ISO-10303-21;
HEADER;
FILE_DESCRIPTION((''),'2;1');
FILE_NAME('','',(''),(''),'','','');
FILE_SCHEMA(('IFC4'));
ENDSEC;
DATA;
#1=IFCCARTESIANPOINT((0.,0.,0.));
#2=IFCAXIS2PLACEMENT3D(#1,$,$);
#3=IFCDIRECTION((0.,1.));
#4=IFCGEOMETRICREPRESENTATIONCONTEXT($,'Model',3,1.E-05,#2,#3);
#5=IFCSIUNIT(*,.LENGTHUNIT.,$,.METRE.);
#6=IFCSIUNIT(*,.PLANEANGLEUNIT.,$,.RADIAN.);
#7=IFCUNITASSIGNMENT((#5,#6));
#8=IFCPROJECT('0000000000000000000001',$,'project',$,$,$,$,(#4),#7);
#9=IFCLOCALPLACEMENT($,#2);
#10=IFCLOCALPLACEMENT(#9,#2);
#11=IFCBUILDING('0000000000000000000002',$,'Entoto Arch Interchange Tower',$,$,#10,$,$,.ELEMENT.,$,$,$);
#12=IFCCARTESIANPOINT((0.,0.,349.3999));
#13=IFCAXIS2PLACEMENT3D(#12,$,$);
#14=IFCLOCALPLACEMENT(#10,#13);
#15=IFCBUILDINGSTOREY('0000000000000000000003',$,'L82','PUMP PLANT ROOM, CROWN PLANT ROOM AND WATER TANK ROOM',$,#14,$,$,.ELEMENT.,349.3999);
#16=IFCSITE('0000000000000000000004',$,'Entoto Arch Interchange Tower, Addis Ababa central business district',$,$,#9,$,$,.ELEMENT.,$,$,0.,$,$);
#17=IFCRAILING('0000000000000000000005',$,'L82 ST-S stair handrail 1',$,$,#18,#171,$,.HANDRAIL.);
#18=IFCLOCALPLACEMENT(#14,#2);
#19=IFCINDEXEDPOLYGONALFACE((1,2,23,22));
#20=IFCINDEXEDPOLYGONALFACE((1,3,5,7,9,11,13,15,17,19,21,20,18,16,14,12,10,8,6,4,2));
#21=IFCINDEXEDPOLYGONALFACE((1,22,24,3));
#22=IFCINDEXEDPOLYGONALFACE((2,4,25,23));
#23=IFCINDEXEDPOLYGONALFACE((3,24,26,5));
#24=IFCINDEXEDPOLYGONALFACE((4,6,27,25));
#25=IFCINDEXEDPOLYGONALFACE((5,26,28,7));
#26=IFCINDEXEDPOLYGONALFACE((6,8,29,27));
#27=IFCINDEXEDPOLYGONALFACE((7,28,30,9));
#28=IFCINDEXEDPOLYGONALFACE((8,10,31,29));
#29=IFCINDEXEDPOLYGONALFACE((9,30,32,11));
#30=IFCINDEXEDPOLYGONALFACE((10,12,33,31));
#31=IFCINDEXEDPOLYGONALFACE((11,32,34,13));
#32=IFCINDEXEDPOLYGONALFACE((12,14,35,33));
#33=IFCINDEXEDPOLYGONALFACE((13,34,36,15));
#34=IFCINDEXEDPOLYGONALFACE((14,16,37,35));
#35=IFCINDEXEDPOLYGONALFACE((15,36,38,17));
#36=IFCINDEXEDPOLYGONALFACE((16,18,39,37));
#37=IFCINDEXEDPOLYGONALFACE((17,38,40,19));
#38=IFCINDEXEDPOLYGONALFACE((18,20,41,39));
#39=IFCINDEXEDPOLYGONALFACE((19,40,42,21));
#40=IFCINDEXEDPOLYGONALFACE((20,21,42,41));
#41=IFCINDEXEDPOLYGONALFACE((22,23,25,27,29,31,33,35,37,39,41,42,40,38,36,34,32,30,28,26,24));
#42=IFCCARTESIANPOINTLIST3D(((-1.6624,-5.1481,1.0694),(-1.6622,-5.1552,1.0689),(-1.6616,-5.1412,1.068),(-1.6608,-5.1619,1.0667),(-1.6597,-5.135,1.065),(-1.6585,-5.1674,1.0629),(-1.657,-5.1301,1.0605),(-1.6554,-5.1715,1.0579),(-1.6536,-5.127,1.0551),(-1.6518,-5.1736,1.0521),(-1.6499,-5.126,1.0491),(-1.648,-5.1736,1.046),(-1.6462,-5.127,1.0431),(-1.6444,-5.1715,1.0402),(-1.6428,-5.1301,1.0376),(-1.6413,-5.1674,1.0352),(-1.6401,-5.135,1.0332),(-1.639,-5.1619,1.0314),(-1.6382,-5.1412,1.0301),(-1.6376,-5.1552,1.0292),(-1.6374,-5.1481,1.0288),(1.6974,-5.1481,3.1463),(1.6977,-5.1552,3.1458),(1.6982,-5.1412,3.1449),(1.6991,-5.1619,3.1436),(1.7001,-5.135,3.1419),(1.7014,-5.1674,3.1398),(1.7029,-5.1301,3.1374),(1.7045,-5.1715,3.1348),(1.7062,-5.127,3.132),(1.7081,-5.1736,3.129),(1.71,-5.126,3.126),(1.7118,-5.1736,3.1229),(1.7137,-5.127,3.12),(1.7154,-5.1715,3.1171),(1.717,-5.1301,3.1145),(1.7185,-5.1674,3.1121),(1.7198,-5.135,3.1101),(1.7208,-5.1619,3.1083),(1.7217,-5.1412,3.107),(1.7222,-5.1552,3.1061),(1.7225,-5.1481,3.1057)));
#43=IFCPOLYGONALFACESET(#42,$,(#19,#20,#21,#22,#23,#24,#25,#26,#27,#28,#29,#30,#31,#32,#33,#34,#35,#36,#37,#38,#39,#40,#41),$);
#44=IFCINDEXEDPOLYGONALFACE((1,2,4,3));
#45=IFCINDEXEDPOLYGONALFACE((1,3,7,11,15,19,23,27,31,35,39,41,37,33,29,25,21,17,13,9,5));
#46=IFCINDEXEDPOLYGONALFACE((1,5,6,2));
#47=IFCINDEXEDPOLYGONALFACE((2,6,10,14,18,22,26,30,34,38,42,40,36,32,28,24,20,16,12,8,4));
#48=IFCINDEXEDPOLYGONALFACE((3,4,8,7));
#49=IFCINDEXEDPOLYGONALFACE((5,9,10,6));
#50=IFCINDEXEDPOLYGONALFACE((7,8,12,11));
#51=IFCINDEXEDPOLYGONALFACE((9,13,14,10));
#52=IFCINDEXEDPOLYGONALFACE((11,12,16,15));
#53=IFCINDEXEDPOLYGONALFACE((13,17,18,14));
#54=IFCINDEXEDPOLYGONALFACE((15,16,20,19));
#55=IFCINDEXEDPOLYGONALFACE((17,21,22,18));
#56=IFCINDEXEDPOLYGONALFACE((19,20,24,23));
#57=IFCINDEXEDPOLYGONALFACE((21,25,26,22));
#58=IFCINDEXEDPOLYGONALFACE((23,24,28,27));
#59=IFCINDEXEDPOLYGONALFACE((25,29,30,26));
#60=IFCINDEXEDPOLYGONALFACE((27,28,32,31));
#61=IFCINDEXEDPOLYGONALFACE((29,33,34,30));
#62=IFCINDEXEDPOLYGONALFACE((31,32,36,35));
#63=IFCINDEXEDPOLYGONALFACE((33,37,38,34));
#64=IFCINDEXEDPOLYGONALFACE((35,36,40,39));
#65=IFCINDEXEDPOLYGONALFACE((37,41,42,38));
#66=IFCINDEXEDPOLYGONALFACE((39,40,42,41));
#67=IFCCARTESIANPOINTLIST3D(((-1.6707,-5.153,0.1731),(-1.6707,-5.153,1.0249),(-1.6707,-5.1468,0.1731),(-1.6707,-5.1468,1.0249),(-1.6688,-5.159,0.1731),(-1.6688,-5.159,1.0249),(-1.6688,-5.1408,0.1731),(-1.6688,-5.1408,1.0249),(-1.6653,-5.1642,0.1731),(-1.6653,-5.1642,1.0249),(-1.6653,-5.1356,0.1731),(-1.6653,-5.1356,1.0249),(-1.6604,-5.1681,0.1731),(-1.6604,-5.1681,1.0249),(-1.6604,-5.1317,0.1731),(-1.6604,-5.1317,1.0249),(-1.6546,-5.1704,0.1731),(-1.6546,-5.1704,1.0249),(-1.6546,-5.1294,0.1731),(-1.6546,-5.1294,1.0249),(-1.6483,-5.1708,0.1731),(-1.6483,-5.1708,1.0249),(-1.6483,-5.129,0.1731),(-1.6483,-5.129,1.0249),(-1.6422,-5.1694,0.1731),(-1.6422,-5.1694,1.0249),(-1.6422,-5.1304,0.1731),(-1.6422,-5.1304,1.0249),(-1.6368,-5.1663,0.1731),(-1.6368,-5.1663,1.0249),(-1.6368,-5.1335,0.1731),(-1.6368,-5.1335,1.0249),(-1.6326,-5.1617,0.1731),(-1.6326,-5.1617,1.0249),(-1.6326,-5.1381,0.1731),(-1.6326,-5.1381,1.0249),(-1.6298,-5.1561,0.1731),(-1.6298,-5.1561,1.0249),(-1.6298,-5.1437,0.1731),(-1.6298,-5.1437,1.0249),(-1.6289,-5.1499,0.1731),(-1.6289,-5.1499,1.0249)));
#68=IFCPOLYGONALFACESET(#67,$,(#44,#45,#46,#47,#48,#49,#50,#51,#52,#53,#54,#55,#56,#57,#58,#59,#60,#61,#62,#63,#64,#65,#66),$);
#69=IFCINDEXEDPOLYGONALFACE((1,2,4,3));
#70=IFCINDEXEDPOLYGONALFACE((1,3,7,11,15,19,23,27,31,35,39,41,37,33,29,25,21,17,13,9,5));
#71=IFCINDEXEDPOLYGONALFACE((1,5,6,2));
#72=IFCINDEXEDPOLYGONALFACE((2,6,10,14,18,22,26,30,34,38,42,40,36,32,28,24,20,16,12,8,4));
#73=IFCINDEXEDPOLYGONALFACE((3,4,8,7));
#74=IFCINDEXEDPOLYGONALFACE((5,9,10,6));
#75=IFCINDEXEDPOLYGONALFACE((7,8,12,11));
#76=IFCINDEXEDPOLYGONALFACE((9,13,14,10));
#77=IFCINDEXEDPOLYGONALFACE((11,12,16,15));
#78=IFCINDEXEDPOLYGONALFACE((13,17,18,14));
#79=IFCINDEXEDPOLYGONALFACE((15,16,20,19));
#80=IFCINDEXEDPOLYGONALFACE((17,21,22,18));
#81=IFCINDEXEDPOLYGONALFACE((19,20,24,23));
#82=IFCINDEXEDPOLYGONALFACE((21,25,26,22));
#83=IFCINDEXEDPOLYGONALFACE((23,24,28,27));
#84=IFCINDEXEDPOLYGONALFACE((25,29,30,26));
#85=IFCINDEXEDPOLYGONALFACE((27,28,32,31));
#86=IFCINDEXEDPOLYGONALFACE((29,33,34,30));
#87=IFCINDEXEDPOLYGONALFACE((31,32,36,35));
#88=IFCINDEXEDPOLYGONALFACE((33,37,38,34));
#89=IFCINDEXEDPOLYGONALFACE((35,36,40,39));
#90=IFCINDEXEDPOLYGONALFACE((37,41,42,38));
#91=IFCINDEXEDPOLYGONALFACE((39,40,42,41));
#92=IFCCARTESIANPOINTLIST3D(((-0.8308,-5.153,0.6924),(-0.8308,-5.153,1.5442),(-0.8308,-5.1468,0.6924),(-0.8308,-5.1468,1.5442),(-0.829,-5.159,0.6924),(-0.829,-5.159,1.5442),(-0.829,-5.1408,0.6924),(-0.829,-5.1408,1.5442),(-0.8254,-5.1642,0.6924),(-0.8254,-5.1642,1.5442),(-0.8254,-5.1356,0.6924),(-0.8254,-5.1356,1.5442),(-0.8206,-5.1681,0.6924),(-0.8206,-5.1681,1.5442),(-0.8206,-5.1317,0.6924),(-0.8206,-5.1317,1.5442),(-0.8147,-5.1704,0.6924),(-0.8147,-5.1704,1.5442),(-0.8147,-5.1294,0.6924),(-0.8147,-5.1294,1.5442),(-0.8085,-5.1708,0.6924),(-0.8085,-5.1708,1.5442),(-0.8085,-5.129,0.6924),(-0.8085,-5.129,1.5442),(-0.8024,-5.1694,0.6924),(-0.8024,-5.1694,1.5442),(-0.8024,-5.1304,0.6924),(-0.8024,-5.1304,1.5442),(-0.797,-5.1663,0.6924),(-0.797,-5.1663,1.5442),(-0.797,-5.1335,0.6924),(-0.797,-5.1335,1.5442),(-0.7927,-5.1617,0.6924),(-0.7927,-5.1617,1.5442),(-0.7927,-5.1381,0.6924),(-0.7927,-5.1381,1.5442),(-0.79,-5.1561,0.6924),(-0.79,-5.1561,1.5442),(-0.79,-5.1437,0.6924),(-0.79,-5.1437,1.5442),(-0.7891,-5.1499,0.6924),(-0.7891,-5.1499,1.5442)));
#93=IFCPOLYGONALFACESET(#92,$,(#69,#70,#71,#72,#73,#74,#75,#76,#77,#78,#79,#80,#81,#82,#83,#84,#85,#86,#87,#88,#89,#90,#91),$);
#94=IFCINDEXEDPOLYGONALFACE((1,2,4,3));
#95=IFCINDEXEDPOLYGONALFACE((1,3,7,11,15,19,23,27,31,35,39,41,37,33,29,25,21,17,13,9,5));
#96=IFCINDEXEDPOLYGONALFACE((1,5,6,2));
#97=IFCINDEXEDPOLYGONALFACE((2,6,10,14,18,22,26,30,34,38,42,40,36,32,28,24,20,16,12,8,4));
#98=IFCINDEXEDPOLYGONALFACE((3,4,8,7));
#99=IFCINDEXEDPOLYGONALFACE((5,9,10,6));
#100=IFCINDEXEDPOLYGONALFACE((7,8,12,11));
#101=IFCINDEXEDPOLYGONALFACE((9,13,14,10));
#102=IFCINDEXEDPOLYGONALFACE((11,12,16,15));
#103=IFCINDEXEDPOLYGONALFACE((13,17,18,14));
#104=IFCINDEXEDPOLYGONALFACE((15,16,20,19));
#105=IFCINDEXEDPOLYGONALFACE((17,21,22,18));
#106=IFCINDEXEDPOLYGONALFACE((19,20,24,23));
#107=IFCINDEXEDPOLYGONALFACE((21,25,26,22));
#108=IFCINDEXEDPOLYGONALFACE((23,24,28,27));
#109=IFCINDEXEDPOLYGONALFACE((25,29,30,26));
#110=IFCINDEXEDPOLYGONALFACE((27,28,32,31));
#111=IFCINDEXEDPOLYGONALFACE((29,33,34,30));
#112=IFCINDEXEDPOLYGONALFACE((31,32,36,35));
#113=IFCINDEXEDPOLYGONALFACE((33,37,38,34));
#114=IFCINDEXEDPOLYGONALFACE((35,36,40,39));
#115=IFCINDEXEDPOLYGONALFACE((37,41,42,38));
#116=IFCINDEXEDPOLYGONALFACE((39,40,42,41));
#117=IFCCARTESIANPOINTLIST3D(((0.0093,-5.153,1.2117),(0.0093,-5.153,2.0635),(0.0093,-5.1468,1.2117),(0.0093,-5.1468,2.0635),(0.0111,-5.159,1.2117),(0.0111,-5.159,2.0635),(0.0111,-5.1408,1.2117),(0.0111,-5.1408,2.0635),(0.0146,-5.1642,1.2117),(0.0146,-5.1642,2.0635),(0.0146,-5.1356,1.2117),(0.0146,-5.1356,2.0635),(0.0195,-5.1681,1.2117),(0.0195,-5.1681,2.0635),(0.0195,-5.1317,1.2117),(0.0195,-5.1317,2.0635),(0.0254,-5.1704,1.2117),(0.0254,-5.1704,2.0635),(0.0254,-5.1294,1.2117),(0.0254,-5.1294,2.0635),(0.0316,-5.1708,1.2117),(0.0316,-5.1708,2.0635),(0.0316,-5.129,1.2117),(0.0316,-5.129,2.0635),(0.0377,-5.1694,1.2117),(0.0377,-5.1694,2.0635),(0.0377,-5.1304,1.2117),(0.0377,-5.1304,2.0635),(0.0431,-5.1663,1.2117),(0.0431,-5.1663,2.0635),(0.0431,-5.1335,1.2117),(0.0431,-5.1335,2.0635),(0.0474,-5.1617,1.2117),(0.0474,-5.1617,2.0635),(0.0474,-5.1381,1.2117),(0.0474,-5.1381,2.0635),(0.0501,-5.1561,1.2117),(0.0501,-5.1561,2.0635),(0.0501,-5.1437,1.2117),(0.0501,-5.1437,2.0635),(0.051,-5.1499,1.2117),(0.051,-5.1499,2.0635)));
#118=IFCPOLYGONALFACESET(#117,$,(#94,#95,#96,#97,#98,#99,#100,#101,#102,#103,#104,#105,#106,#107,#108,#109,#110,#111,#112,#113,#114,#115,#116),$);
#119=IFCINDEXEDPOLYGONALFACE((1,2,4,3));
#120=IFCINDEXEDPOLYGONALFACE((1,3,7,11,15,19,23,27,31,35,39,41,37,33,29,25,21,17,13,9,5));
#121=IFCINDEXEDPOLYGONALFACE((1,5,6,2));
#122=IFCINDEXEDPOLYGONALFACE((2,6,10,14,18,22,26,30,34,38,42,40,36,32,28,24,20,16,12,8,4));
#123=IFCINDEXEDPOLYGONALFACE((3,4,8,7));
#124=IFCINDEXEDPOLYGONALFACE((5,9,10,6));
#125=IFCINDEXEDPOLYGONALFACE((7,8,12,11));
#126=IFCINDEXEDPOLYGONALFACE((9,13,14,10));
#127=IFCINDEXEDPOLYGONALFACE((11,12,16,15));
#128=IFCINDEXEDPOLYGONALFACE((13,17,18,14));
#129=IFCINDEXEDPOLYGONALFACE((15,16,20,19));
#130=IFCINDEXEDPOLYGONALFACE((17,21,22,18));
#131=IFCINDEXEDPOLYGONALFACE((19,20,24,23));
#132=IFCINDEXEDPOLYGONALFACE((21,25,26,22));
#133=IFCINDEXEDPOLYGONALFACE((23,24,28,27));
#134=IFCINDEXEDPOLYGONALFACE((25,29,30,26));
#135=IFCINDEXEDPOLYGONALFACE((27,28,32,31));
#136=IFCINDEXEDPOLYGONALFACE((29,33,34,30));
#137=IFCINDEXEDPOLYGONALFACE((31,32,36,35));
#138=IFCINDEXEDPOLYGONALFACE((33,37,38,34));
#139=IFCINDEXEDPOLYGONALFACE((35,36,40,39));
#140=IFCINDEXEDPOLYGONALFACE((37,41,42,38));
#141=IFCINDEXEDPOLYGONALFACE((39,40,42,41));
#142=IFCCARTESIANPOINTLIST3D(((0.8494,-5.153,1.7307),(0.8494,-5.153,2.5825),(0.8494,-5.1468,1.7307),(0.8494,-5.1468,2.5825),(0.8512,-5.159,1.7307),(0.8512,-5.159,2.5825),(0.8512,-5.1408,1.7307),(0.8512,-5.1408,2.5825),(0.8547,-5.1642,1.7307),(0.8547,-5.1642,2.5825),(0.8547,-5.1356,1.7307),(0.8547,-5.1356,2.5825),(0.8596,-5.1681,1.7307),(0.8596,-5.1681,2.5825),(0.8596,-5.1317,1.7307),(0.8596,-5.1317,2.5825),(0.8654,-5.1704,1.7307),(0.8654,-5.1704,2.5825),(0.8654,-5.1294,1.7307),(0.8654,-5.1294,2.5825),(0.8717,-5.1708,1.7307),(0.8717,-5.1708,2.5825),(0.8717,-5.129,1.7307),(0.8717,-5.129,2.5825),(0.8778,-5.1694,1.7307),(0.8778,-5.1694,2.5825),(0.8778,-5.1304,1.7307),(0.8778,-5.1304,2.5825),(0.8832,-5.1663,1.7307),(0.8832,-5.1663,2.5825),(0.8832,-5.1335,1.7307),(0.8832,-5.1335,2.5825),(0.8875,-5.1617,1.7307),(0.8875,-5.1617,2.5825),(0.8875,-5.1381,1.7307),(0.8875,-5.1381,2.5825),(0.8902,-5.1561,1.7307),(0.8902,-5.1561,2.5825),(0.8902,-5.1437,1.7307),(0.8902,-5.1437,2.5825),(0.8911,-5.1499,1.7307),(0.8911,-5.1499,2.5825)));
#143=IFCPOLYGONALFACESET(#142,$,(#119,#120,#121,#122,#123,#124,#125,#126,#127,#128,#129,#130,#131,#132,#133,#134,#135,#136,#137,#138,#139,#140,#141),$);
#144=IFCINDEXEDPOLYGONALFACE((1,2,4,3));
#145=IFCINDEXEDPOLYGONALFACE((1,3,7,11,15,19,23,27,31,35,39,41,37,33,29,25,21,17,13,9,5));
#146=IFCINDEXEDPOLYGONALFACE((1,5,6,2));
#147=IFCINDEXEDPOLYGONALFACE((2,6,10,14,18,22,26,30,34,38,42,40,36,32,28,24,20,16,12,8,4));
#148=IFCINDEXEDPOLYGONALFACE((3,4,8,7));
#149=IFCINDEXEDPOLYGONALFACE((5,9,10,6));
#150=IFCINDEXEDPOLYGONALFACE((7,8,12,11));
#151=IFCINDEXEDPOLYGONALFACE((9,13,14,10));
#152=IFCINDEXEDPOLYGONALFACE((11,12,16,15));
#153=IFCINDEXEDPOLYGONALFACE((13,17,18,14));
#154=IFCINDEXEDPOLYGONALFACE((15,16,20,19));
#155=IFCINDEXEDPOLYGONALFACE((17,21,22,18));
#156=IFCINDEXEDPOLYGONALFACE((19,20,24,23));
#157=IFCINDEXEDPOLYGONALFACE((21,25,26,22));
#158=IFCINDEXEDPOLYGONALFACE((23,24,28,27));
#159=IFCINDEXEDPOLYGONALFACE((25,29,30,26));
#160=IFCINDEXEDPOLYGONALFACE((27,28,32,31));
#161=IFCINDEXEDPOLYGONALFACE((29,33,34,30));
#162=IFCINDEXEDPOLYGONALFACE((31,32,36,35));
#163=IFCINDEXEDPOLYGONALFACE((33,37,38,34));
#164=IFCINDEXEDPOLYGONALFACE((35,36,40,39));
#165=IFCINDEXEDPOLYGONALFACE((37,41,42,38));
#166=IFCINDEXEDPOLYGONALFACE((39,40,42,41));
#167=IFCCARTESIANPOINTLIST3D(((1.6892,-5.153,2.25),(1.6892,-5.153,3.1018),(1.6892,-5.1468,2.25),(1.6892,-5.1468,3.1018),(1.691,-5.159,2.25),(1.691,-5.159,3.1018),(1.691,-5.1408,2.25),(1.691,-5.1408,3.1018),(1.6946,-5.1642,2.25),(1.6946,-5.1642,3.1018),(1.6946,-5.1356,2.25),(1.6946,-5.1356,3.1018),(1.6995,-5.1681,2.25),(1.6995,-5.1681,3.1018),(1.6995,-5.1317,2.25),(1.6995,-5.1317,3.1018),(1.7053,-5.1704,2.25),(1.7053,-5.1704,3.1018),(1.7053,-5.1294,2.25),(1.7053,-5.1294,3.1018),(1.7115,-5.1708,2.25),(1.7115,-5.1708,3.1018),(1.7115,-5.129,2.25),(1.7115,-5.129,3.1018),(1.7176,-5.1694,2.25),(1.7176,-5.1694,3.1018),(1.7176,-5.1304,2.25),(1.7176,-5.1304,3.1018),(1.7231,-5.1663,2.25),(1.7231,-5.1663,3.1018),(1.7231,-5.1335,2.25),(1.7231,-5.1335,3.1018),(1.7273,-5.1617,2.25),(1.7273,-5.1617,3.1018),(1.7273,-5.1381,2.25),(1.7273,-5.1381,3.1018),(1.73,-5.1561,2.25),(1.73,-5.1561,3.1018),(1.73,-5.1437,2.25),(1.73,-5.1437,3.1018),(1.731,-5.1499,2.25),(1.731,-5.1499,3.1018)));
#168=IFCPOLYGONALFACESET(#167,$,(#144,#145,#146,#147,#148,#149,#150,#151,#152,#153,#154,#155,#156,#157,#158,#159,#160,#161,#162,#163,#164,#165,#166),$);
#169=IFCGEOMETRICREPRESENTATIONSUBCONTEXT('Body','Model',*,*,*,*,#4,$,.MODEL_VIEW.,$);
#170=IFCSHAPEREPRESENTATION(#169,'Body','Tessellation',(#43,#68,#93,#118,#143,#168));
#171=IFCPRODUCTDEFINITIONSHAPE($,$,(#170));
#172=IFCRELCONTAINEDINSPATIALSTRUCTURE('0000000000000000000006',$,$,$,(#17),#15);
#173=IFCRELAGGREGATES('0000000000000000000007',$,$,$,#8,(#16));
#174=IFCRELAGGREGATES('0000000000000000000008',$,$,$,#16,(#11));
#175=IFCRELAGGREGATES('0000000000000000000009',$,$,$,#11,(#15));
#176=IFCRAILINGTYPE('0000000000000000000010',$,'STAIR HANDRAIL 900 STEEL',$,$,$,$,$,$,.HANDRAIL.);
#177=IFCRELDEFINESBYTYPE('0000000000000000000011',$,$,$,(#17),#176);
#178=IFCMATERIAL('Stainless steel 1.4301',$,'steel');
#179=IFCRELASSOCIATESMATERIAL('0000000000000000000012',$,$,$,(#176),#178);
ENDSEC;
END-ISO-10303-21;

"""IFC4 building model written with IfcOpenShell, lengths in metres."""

from ifc_helpers import new_model, si_unit, direction, frame, origin, origin_2d, place, context, subcontext, project, spatial, circle, extrude, material, type_object, element, save


model = new_model("IFC4")

# Units and contexts
model_context = context("Model", 3, precision=1e-05, world=origin(), true_north=direction((0.0, 1.0)))
body_context = subcontext(model_context, "Body", "Model", "MODEL_VIEW")
ifc_project = project(units=[si_unit("LENGTHUNIT", "METRE"), si_unit("PLANEANGLEUNIT", "RADIAN")], contexts=[model_context])

# Site, building, storey
site_placement = place(None, origin())
site = spatial("IfcSite", under=ifc_project, at=site_placement, Name="Entoto Arch Interchange Tower, Addis Ababa central business district", CompositionType="ELEMENT", RefElevation=0.0)
building_placement = place(site_placement, origin())
building = spatial("IfcBuilding", under=site, at=building_placement, Name="Entoto Arch Interchange Tower", CompositionType="ELEMENT")
storey_placement = place(building_placement, frame((0.0, 0.0, 349.3999)))
storey = spatial("IfcBuildingStorey", under=building, at=storey_placement, Name="L82", Description="PUMP PLANT ROOM, CROWN PLANT ROOM AND WATER TANK ROOM", CompositionType="ELEMENT", Elevation=349.3999)

# Railing
ifc_material_1 = material(Name="Stainless steel 1.4301", Category="steel")
railing_type_1 = type_object("IfcRailingType", Name="STAIR HANDRAIL 900 STEEL", PredefinedType="HANDRAIL", material=ifc_material_1)
railing_1_placement = place(storey_placement, frame((-1.6499, -5.1499, 0.1731)))
element("IfcRailing", 1, at=railing_1_placement, inside=storey, type_object=railing_type_1, Name="L82 ST-S stair handrail 1", PredefinedType="HANDRAIL", context=body_context, shape_type="SweptSolid", body=[
    extrude(circle(Radius=0.0239, at=origin_2d()), frame((0.0, 0.0, 0.876), z_axis=(0.850606, 0.0, 0.525803), x_axis=(0.0, 1.0, 0.0)), (0.0, 0.0, 1.0), 3.95),
    extrude(circle(Radius=0.021, at=origin_2d()), origin(), (0.0, 0.0, 1.0), 0.8518),
    extrude(circle(Radius=0.021, at=origin_2d()), frame((0.8398, 0.0, 0.5193)), (0.0, 0.0, 1.0), 0.8518),
    extrude(circle(Radius=0.021, at=origin_2d()), frame((1.6799, 0.0, 1.0386)), (0.0, 0.0, 1.0), 0.8518),
    extrude(circle(Radius=0.021, at=origin_2d()), frame((2.52, 0.0, 1.5576)), (0.0, 0.0, 1.0), 0.8518),
    extrude(circle(Radius=0.021, at=origin_2d()), frame((3.3599, 0.0, 2.0769)), (0.0, 0.0, 1.0), 0.8518),
])

save(model, "model.ifc")
